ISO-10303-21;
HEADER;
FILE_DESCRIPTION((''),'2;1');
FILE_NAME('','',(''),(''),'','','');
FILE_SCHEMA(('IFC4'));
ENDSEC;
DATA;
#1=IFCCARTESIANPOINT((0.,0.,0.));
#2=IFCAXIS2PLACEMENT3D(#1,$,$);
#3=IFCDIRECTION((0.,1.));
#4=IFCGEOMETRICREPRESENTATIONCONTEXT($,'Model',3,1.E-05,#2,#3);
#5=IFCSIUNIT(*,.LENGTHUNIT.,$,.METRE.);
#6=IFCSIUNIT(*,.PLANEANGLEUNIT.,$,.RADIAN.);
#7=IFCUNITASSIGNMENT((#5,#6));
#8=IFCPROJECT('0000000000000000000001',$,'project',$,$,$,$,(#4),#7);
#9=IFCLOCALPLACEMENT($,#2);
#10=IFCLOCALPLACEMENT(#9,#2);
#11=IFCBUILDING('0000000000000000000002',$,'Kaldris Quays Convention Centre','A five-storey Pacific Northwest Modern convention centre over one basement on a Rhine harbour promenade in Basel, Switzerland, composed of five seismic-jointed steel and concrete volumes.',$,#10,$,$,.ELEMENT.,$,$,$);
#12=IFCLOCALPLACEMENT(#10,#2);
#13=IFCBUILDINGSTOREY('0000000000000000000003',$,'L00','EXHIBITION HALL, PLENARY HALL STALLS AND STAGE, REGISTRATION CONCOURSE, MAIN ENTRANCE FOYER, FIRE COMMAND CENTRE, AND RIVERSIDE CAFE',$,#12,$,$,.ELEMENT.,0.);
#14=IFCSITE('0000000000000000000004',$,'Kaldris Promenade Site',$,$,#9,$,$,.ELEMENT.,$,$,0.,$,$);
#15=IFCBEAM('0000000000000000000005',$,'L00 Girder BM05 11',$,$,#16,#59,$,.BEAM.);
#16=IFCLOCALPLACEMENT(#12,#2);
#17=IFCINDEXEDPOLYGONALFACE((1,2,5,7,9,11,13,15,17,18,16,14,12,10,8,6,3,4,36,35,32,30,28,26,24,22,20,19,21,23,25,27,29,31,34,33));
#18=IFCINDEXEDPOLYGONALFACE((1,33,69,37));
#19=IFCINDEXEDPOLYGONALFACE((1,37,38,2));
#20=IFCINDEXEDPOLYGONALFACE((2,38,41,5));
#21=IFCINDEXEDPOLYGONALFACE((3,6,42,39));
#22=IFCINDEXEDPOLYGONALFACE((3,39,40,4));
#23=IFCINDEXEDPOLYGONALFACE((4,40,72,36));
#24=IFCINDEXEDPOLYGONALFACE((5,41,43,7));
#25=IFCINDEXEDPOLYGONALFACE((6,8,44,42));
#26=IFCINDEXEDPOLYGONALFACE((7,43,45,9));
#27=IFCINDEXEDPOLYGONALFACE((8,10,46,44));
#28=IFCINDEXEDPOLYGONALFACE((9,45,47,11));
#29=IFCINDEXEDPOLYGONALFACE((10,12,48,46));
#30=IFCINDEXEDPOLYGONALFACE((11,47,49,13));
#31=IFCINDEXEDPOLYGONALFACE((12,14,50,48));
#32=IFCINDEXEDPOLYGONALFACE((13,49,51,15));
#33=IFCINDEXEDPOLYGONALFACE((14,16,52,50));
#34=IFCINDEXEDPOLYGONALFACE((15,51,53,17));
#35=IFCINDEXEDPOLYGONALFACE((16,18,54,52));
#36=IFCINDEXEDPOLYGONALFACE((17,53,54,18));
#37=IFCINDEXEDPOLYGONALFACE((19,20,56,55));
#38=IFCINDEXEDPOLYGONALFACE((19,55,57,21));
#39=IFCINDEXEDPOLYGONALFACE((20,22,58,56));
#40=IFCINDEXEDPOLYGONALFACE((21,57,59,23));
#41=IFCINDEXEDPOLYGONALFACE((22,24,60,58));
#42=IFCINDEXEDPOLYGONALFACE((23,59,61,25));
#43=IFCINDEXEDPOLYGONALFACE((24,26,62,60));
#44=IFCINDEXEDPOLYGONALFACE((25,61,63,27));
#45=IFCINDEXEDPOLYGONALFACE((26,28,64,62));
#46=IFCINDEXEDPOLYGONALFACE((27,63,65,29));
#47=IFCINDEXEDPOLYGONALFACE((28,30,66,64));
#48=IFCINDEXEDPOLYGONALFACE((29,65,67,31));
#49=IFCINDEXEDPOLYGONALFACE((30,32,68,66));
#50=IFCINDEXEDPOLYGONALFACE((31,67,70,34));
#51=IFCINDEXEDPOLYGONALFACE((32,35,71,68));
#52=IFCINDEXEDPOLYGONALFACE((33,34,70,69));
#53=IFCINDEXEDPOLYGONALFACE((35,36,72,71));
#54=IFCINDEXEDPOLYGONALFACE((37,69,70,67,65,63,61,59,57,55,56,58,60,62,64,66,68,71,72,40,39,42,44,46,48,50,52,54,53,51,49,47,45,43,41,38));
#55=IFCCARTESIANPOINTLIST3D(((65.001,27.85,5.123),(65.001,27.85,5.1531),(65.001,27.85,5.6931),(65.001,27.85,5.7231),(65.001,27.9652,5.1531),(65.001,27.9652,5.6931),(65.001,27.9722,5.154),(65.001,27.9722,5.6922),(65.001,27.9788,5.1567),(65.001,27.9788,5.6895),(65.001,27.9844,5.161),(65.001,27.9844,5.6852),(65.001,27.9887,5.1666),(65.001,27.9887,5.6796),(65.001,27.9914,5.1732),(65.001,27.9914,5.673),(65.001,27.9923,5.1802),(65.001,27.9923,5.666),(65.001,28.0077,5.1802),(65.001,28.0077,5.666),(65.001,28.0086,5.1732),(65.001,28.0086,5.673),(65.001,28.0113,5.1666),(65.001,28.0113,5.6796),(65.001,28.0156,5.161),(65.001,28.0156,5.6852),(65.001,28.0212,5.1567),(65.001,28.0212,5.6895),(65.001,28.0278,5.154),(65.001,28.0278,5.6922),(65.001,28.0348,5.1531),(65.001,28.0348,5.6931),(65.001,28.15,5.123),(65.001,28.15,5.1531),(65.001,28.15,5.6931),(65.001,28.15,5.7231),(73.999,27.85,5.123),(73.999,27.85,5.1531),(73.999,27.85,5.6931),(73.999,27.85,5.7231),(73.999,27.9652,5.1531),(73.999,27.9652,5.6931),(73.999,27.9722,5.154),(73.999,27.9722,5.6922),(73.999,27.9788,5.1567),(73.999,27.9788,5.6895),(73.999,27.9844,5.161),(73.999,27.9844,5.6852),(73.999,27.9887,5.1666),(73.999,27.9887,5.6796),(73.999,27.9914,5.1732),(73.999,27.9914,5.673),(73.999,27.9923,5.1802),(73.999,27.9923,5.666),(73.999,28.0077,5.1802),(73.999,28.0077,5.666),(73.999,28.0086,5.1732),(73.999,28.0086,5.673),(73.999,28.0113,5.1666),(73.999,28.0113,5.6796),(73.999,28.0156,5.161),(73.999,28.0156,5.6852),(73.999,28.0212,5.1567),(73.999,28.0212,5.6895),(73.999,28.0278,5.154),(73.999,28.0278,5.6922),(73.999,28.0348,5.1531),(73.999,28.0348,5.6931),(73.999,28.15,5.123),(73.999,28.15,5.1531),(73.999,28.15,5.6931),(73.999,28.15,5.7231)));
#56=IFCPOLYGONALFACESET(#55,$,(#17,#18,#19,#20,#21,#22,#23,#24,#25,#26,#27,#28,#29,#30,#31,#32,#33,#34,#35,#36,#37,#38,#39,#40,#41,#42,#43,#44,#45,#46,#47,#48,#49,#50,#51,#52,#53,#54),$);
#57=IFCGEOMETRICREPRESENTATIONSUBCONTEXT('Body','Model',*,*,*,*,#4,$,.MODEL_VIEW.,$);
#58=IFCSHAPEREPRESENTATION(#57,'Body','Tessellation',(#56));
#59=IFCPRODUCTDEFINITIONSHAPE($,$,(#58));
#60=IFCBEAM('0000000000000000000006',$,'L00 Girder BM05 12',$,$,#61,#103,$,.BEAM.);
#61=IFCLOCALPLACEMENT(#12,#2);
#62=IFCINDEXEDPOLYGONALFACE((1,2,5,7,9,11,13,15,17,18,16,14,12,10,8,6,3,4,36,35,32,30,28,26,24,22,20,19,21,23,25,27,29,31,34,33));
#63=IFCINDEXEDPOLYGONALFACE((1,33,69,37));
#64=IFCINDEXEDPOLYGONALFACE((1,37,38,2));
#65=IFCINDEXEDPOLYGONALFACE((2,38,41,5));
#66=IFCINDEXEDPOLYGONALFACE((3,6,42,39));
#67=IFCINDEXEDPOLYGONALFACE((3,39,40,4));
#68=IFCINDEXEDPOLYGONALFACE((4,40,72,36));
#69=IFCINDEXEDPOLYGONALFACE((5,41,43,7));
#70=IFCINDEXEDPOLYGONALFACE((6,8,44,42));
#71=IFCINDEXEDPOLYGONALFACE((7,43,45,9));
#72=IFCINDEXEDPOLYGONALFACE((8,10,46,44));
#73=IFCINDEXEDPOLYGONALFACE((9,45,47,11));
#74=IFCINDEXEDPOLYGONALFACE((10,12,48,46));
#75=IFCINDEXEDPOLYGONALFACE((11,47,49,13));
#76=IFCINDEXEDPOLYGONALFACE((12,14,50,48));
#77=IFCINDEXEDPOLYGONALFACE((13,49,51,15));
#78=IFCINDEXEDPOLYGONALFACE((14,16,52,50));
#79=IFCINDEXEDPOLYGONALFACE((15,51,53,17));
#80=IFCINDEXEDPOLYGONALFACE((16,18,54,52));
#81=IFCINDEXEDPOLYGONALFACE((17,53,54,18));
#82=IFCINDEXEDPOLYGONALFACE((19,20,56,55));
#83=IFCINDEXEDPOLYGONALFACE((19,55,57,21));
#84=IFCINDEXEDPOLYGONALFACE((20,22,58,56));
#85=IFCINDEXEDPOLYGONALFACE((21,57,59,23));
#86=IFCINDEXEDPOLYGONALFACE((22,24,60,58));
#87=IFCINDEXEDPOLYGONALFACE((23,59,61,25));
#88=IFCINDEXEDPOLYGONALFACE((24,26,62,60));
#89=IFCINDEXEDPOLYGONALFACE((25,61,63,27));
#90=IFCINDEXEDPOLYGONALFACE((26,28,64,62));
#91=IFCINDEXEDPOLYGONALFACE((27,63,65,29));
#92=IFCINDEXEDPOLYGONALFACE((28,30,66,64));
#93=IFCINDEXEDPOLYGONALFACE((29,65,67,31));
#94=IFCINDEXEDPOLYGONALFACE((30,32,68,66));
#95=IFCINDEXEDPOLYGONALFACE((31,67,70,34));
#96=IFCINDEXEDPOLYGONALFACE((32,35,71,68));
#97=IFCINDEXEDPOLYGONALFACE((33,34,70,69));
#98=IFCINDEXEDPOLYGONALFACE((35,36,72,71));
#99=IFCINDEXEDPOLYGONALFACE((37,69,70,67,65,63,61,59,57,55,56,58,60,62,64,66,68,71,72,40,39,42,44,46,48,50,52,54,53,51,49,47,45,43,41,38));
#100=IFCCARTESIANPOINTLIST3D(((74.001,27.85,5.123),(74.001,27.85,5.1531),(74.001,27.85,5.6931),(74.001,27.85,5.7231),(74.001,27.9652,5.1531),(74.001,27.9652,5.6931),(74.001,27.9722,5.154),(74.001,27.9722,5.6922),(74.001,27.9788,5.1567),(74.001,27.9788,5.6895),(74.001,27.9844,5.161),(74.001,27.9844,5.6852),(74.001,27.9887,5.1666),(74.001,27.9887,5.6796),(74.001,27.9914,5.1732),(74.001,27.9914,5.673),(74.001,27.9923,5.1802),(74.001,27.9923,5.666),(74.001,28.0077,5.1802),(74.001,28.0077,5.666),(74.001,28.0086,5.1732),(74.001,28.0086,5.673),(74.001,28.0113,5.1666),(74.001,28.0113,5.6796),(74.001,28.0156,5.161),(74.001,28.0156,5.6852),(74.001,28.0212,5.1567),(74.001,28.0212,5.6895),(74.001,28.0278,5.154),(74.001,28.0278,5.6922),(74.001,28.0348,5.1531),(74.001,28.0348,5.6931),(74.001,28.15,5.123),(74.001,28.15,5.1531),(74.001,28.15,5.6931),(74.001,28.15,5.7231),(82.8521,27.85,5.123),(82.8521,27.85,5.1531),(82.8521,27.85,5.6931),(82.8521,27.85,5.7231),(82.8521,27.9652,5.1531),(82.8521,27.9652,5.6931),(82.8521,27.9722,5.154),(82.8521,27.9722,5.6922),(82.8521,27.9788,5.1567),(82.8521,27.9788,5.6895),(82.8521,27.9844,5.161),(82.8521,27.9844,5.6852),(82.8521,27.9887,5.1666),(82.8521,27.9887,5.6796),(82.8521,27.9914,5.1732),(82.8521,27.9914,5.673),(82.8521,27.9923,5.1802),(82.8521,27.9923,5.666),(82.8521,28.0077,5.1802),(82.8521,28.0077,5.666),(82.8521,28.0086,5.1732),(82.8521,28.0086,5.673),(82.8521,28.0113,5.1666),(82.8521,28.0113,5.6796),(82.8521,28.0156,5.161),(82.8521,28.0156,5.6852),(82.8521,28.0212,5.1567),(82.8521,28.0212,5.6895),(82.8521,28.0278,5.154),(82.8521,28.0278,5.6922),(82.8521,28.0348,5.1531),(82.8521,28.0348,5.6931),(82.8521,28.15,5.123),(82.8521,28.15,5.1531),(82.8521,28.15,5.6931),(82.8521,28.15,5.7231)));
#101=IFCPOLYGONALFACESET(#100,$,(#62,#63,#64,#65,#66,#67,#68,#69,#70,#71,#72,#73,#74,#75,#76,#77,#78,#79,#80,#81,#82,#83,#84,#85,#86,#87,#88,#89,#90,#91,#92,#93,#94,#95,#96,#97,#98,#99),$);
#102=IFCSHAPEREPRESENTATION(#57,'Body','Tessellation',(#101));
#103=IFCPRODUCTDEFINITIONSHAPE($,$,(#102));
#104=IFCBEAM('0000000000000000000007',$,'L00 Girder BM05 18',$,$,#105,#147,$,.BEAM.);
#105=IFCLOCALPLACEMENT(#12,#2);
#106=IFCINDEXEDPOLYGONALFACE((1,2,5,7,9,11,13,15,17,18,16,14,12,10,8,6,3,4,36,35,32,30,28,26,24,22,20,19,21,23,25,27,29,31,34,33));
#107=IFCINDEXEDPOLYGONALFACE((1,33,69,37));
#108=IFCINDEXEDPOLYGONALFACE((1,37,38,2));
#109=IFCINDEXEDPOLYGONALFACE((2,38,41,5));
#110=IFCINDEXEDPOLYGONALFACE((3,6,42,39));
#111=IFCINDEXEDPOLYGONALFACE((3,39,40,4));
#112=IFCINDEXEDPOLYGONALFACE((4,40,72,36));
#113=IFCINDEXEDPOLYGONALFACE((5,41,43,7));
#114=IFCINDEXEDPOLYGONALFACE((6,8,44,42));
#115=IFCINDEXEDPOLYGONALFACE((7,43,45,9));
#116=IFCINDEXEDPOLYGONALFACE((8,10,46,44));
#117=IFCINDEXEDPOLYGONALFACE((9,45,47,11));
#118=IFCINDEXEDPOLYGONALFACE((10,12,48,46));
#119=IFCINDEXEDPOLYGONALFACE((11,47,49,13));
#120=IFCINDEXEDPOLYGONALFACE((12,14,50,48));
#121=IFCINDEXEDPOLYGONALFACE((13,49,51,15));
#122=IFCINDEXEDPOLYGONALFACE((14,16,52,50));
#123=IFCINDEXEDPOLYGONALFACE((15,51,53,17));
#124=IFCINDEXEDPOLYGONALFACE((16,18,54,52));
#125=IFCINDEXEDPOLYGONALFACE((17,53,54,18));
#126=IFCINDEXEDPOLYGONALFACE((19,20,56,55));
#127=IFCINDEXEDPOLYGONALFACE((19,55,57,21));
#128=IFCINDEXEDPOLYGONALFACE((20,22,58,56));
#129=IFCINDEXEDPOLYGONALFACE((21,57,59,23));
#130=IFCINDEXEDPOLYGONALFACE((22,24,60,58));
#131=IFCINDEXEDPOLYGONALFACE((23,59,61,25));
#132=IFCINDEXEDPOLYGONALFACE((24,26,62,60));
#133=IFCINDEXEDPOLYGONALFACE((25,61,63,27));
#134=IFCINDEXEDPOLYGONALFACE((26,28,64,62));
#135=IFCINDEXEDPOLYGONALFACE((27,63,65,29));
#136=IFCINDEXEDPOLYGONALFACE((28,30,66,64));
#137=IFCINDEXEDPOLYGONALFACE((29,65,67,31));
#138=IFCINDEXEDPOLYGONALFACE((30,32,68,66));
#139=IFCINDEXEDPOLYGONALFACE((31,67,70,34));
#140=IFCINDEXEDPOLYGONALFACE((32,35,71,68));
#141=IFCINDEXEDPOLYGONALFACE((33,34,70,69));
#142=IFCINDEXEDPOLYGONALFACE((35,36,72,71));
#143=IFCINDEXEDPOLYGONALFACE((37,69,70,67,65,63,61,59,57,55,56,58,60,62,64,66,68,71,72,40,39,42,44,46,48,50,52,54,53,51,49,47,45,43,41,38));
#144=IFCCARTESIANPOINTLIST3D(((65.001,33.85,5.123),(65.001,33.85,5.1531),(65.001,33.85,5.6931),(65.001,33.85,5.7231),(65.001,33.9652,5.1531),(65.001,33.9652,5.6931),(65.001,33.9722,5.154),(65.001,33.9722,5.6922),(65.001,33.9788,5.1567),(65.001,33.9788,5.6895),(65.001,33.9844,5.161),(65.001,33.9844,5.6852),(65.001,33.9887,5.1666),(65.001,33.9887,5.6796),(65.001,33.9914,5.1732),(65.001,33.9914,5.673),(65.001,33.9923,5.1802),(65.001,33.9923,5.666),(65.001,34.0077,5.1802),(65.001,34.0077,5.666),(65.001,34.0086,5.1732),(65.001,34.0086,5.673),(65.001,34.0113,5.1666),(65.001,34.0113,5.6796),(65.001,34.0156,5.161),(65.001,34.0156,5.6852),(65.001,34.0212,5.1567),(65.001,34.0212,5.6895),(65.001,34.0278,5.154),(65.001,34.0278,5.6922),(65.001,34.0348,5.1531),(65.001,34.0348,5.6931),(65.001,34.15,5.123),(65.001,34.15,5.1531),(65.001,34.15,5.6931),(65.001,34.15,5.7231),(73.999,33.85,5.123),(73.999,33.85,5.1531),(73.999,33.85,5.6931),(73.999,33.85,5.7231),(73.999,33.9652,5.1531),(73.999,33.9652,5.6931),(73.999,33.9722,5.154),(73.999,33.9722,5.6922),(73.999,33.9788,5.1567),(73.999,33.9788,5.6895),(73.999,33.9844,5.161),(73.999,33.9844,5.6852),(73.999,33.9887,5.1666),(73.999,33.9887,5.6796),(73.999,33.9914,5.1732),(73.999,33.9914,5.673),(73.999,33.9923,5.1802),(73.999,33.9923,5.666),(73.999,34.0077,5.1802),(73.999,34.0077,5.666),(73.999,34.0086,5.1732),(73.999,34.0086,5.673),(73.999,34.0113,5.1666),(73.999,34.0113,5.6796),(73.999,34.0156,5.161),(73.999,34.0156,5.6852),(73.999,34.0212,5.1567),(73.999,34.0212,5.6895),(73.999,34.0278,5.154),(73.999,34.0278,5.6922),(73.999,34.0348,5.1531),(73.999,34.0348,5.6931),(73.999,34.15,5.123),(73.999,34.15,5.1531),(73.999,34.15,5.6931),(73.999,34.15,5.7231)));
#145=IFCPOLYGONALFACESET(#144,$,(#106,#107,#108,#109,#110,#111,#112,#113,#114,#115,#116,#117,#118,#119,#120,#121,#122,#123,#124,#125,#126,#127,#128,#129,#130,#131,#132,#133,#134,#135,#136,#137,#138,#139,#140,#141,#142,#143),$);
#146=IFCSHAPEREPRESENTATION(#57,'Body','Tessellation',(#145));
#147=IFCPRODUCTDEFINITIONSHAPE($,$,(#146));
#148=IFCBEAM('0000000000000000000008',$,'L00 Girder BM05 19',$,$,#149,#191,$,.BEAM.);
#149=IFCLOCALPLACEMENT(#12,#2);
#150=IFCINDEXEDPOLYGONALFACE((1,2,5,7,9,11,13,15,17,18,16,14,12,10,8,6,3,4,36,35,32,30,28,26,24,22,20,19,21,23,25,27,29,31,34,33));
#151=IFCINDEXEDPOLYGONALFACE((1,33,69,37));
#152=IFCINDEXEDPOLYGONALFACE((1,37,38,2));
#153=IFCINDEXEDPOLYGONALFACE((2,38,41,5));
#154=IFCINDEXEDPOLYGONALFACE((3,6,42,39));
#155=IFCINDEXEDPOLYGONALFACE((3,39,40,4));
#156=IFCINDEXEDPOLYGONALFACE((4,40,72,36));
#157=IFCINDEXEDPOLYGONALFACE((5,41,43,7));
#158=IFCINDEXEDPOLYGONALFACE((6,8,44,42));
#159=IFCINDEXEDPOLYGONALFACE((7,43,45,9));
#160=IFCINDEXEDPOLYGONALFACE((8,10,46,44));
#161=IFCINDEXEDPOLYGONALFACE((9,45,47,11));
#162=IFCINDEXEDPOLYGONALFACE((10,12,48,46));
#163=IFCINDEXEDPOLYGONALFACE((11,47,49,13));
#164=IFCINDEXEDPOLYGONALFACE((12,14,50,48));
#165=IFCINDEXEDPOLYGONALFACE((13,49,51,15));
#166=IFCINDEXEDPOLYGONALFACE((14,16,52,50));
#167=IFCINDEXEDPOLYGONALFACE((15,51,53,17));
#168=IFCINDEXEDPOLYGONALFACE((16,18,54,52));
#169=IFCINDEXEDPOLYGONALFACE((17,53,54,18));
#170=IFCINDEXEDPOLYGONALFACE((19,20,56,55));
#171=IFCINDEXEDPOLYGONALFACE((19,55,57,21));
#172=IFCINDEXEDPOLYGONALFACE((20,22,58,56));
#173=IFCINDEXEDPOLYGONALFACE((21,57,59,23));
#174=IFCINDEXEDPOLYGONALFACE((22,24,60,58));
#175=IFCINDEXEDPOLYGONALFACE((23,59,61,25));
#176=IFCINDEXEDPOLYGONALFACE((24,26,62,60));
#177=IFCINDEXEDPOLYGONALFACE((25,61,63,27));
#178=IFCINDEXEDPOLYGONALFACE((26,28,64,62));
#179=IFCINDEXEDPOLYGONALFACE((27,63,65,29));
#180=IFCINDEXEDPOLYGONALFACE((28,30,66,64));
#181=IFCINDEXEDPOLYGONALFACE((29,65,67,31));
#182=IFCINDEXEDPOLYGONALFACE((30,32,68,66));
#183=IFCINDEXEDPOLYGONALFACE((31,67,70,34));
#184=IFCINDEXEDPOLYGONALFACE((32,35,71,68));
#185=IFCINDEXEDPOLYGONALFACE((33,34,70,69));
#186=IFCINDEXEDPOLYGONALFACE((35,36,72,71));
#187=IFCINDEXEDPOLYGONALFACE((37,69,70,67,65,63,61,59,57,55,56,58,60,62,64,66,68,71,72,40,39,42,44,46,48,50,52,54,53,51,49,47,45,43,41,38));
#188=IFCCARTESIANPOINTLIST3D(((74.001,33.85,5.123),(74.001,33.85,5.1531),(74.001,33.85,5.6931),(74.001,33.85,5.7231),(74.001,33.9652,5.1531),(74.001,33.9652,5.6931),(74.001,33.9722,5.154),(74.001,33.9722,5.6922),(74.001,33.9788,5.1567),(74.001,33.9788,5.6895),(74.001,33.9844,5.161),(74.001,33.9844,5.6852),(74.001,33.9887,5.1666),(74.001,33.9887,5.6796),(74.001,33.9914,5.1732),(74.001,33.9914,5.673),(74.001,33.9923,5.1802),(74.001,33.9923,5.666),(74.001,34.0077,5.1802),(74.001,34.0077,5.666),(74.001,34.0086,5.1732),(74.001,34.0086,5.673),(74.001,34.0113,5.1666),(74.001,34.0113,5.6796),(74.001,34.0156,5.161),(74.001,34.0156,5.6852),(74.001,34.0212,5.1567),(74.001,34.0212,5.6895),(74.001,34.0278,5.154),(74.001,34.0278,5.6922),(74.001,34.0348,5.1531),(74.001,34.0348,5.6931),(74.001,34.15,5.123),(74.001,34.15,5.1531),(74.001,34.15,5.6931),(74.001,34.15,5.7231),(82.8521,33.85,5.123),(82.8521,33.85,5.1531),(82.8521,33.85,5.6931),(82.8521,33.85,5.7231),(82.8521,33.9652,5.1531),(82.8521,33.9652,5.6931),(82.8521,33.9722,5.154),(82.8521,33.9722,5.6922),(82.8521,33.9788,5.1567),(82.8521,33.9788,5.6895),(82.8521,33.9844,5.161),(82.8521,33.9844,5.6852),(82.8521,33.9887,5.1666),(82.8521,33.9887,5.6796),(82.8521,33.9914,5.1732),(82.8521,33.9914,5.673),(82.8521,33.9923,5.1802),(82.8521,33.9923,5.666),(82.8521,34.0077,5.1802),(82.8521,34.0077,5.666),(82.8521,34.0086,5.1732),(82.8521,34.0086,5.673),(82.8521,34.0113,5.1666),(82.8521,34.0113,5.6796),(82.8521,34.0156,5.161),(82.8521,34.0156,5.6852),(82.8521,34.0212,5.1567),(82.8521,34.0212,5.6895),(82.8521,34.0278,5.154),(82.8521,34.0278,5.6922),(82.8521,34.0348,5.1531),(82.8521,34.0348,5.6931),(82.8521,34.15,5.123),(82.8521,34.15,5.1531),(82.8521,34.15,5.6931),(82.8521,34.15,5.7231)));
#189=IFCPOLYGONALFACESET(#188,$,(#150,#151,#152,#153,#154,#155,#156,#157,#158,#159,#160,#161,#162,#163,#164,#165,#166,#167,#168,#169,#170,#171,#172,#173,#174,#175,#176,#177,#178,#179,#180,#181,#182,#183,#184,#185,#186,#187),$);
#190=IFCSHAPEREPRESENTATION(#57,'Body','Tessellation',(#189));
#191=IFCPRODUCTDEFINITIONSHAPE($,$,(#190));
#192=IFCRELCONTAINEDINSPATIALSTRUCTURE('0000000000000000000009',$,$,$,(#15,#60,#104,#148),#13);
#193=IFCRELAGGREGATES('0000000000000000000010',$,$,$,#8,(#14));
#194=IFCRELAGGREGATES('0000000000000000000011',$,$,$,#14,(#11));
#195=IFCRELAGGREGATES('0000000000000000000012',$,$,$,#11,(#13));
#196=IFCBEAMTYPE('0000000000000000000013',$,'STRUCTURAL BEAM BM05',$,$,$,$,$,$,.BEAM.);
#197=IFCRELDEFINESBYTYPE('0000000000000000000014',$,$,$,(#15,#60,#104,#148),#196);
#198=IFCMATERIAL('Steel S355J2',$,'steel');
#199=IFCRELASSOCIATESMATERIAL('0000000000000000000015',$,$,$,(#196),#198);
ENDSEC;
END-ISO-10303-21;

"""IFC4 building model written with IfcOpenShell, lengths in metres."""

from ifc_helpers import new_model, si_unit, direction, frame, origin, origin_2d, place, context, subcontext, project, spatial, i_section, extrude, material, material_profile, profile_set, type_object, element, save


model = new_model("IFC4")

# Units and contexts
model_context = context("Model", 3, precision=1e-05, world=origin(), true_north=direction((0.0, 1.0)))
body_context = subcontext(model_context, "Body", "Model", "MODEL_VIEW")
ifc_project = project(units=[si_unit("LENGTHUNIT", "METRE"), si_unit("PLANEANGLEUNIT", "RADIAN")], contexts=[model_context])

# Site, building, storey
site_placement = place(None, origin())
site = spatial("IfcSite", under=ifc_project, at=site_placement, Name="Kaldris Promenade Site", CompositionType="ELEMENT", RefElevation=0.0)
building_placement = place(site_placement, origin())
building = spatial("IfcBuilding", under=site, at=building_placement, Name="Kaldris Quays Convention Centre", Description="A five-storey Pacific Northwest Modern convention centre over one basement on a Rhine harbour promenade in Basel, Switzerland, composed of five seismic-jointed steel and concrete volumes.", CompositionType="ELEMENT")
storey_placement = place(building_placement, origin())
storey = spatial("IfcBuildingStorey", under=building, at=storey_placement, Name="L00", Description="EXHIBITION HALL, PLENARY HALL STALLS AND STAGE, REGISTRATION CONCOURSE, MAIN ENTRANCE FOYER, FIRE COMMAND CENTRE, AND RIVERSIDE CAFE", CompositionType="ELEMENT", Elevation=0.0)

# Shared definitions
ifc_material_1 = material(Name="Steel S355J2", Category="steel")

# Beams
ifc_material_profile_1 = material_profile(ifc_material_1, i_section(OverallWidth=0.3, OverallDepth=0.6001, WebThickness=0.0154, FlangeThickness=0.03, FilletRadius=0.0271, at=origin_2d()), Name="HEB 600")
ifc_profile_set_1 = profile_set([ifc_material_profile_1], Name="Steel S355J2")
beam_type_1 = type_object("IfcBeamType", Name="STRUCTURAL BEAM BM05", PredefinedType="BEAM", material=ifc_profile_set_1)
beam_1_placement = place(storey_placement, frame((65.001, 28.0, 5.4231), z_axis=(1.0, 0.0, 0.0), x_axis=(0.0, 1.0, 0.0)))
element("IfcBeam", 1, at=beam_1_placement, inside=storey, type_object=beam_type_1, Name="L00 Girder BM05 11", PredefinedType="BEAM", context=body_context, shape_type="SweptSolid", body=[
    extrude(i_section(OverallWidth=0.3, OverallDepth=0.6001, WebThickness=0.0154, FlangeThickness=0.03, FilletRadius=0.0271, at=origin_2d()), origin(), (0.0, 0.0, 1.0), 8.998),
])
beam_2_placement = place(storey_placement, frame((74.001, 28.0, 5.4231), z_axis=(1.0, 0.0, 0.0), x_axis=(0.0, 1.0, 0.0)))
element("IfcBeam", 2, at=beam_2_placement, inside=storey, type_object=beam_type_1, Name="L00 Girder BM05 12", PredefinedType="BEAM", context=body_context, shape_type="SweptSolid", body=[
    extrude(i_section(OverallWidth=0.3, OverallDepth=0.6001, WebThickness=0.0154, FlangeThickness=0.03, FilletRadius=0.0271, at=origin_2d()), origin(), (0.0, 0.0, 1.0), 8.8511),
])
beam_3_placement = place(storey_placement, frame((65.001, 34.0, 5.4231), z_axis=(1.0, 0.0, 0.0), x_axis=(0.0, 1.0, 0.0)))
element("IfcBeam", 3, at=beam_3_placement, inside=storey, type_object=beam_type_1, Name="L00 Girder BM05 18", PredefinedType="BEAM", context=body_context, shape_type="SweptSolid", body=[
    extrude(i_section(OverallWidth=0.3, OverallDepth=0.6001, WebThickness=0.0154, FlangeThickness=0.03, FilletRadius=0.0271, at=origin_2d()), origin(), (0.0, 0.0, 1.0), 8.998),
])
beam_4_placement = place(storey_placement, frame((74.001, 34.0, 5.4231), z_axis=(1.0, 0.0, 0.0), x_axis=(0.0, 1.0, 0.0)))
element("IfcBeam", 4, at=beam_4_placement, inside=storey, type_object=beam_type_1, Name="L00 Girder BM05 19", PredefinedType="BEAM", context=body_context, shape_type="SweptSolid", body=[
    extrude(i_section(OverallWidth=0.3, OverallDepth=0.6001, WebThickness=0.0154, FlangeThickness=0.03, FilletRadius=0.0271, at=origin_2d()), origin(), (0.0, 0.0, 1.0), 8.8511),
])

save(model, "model.ifc")
